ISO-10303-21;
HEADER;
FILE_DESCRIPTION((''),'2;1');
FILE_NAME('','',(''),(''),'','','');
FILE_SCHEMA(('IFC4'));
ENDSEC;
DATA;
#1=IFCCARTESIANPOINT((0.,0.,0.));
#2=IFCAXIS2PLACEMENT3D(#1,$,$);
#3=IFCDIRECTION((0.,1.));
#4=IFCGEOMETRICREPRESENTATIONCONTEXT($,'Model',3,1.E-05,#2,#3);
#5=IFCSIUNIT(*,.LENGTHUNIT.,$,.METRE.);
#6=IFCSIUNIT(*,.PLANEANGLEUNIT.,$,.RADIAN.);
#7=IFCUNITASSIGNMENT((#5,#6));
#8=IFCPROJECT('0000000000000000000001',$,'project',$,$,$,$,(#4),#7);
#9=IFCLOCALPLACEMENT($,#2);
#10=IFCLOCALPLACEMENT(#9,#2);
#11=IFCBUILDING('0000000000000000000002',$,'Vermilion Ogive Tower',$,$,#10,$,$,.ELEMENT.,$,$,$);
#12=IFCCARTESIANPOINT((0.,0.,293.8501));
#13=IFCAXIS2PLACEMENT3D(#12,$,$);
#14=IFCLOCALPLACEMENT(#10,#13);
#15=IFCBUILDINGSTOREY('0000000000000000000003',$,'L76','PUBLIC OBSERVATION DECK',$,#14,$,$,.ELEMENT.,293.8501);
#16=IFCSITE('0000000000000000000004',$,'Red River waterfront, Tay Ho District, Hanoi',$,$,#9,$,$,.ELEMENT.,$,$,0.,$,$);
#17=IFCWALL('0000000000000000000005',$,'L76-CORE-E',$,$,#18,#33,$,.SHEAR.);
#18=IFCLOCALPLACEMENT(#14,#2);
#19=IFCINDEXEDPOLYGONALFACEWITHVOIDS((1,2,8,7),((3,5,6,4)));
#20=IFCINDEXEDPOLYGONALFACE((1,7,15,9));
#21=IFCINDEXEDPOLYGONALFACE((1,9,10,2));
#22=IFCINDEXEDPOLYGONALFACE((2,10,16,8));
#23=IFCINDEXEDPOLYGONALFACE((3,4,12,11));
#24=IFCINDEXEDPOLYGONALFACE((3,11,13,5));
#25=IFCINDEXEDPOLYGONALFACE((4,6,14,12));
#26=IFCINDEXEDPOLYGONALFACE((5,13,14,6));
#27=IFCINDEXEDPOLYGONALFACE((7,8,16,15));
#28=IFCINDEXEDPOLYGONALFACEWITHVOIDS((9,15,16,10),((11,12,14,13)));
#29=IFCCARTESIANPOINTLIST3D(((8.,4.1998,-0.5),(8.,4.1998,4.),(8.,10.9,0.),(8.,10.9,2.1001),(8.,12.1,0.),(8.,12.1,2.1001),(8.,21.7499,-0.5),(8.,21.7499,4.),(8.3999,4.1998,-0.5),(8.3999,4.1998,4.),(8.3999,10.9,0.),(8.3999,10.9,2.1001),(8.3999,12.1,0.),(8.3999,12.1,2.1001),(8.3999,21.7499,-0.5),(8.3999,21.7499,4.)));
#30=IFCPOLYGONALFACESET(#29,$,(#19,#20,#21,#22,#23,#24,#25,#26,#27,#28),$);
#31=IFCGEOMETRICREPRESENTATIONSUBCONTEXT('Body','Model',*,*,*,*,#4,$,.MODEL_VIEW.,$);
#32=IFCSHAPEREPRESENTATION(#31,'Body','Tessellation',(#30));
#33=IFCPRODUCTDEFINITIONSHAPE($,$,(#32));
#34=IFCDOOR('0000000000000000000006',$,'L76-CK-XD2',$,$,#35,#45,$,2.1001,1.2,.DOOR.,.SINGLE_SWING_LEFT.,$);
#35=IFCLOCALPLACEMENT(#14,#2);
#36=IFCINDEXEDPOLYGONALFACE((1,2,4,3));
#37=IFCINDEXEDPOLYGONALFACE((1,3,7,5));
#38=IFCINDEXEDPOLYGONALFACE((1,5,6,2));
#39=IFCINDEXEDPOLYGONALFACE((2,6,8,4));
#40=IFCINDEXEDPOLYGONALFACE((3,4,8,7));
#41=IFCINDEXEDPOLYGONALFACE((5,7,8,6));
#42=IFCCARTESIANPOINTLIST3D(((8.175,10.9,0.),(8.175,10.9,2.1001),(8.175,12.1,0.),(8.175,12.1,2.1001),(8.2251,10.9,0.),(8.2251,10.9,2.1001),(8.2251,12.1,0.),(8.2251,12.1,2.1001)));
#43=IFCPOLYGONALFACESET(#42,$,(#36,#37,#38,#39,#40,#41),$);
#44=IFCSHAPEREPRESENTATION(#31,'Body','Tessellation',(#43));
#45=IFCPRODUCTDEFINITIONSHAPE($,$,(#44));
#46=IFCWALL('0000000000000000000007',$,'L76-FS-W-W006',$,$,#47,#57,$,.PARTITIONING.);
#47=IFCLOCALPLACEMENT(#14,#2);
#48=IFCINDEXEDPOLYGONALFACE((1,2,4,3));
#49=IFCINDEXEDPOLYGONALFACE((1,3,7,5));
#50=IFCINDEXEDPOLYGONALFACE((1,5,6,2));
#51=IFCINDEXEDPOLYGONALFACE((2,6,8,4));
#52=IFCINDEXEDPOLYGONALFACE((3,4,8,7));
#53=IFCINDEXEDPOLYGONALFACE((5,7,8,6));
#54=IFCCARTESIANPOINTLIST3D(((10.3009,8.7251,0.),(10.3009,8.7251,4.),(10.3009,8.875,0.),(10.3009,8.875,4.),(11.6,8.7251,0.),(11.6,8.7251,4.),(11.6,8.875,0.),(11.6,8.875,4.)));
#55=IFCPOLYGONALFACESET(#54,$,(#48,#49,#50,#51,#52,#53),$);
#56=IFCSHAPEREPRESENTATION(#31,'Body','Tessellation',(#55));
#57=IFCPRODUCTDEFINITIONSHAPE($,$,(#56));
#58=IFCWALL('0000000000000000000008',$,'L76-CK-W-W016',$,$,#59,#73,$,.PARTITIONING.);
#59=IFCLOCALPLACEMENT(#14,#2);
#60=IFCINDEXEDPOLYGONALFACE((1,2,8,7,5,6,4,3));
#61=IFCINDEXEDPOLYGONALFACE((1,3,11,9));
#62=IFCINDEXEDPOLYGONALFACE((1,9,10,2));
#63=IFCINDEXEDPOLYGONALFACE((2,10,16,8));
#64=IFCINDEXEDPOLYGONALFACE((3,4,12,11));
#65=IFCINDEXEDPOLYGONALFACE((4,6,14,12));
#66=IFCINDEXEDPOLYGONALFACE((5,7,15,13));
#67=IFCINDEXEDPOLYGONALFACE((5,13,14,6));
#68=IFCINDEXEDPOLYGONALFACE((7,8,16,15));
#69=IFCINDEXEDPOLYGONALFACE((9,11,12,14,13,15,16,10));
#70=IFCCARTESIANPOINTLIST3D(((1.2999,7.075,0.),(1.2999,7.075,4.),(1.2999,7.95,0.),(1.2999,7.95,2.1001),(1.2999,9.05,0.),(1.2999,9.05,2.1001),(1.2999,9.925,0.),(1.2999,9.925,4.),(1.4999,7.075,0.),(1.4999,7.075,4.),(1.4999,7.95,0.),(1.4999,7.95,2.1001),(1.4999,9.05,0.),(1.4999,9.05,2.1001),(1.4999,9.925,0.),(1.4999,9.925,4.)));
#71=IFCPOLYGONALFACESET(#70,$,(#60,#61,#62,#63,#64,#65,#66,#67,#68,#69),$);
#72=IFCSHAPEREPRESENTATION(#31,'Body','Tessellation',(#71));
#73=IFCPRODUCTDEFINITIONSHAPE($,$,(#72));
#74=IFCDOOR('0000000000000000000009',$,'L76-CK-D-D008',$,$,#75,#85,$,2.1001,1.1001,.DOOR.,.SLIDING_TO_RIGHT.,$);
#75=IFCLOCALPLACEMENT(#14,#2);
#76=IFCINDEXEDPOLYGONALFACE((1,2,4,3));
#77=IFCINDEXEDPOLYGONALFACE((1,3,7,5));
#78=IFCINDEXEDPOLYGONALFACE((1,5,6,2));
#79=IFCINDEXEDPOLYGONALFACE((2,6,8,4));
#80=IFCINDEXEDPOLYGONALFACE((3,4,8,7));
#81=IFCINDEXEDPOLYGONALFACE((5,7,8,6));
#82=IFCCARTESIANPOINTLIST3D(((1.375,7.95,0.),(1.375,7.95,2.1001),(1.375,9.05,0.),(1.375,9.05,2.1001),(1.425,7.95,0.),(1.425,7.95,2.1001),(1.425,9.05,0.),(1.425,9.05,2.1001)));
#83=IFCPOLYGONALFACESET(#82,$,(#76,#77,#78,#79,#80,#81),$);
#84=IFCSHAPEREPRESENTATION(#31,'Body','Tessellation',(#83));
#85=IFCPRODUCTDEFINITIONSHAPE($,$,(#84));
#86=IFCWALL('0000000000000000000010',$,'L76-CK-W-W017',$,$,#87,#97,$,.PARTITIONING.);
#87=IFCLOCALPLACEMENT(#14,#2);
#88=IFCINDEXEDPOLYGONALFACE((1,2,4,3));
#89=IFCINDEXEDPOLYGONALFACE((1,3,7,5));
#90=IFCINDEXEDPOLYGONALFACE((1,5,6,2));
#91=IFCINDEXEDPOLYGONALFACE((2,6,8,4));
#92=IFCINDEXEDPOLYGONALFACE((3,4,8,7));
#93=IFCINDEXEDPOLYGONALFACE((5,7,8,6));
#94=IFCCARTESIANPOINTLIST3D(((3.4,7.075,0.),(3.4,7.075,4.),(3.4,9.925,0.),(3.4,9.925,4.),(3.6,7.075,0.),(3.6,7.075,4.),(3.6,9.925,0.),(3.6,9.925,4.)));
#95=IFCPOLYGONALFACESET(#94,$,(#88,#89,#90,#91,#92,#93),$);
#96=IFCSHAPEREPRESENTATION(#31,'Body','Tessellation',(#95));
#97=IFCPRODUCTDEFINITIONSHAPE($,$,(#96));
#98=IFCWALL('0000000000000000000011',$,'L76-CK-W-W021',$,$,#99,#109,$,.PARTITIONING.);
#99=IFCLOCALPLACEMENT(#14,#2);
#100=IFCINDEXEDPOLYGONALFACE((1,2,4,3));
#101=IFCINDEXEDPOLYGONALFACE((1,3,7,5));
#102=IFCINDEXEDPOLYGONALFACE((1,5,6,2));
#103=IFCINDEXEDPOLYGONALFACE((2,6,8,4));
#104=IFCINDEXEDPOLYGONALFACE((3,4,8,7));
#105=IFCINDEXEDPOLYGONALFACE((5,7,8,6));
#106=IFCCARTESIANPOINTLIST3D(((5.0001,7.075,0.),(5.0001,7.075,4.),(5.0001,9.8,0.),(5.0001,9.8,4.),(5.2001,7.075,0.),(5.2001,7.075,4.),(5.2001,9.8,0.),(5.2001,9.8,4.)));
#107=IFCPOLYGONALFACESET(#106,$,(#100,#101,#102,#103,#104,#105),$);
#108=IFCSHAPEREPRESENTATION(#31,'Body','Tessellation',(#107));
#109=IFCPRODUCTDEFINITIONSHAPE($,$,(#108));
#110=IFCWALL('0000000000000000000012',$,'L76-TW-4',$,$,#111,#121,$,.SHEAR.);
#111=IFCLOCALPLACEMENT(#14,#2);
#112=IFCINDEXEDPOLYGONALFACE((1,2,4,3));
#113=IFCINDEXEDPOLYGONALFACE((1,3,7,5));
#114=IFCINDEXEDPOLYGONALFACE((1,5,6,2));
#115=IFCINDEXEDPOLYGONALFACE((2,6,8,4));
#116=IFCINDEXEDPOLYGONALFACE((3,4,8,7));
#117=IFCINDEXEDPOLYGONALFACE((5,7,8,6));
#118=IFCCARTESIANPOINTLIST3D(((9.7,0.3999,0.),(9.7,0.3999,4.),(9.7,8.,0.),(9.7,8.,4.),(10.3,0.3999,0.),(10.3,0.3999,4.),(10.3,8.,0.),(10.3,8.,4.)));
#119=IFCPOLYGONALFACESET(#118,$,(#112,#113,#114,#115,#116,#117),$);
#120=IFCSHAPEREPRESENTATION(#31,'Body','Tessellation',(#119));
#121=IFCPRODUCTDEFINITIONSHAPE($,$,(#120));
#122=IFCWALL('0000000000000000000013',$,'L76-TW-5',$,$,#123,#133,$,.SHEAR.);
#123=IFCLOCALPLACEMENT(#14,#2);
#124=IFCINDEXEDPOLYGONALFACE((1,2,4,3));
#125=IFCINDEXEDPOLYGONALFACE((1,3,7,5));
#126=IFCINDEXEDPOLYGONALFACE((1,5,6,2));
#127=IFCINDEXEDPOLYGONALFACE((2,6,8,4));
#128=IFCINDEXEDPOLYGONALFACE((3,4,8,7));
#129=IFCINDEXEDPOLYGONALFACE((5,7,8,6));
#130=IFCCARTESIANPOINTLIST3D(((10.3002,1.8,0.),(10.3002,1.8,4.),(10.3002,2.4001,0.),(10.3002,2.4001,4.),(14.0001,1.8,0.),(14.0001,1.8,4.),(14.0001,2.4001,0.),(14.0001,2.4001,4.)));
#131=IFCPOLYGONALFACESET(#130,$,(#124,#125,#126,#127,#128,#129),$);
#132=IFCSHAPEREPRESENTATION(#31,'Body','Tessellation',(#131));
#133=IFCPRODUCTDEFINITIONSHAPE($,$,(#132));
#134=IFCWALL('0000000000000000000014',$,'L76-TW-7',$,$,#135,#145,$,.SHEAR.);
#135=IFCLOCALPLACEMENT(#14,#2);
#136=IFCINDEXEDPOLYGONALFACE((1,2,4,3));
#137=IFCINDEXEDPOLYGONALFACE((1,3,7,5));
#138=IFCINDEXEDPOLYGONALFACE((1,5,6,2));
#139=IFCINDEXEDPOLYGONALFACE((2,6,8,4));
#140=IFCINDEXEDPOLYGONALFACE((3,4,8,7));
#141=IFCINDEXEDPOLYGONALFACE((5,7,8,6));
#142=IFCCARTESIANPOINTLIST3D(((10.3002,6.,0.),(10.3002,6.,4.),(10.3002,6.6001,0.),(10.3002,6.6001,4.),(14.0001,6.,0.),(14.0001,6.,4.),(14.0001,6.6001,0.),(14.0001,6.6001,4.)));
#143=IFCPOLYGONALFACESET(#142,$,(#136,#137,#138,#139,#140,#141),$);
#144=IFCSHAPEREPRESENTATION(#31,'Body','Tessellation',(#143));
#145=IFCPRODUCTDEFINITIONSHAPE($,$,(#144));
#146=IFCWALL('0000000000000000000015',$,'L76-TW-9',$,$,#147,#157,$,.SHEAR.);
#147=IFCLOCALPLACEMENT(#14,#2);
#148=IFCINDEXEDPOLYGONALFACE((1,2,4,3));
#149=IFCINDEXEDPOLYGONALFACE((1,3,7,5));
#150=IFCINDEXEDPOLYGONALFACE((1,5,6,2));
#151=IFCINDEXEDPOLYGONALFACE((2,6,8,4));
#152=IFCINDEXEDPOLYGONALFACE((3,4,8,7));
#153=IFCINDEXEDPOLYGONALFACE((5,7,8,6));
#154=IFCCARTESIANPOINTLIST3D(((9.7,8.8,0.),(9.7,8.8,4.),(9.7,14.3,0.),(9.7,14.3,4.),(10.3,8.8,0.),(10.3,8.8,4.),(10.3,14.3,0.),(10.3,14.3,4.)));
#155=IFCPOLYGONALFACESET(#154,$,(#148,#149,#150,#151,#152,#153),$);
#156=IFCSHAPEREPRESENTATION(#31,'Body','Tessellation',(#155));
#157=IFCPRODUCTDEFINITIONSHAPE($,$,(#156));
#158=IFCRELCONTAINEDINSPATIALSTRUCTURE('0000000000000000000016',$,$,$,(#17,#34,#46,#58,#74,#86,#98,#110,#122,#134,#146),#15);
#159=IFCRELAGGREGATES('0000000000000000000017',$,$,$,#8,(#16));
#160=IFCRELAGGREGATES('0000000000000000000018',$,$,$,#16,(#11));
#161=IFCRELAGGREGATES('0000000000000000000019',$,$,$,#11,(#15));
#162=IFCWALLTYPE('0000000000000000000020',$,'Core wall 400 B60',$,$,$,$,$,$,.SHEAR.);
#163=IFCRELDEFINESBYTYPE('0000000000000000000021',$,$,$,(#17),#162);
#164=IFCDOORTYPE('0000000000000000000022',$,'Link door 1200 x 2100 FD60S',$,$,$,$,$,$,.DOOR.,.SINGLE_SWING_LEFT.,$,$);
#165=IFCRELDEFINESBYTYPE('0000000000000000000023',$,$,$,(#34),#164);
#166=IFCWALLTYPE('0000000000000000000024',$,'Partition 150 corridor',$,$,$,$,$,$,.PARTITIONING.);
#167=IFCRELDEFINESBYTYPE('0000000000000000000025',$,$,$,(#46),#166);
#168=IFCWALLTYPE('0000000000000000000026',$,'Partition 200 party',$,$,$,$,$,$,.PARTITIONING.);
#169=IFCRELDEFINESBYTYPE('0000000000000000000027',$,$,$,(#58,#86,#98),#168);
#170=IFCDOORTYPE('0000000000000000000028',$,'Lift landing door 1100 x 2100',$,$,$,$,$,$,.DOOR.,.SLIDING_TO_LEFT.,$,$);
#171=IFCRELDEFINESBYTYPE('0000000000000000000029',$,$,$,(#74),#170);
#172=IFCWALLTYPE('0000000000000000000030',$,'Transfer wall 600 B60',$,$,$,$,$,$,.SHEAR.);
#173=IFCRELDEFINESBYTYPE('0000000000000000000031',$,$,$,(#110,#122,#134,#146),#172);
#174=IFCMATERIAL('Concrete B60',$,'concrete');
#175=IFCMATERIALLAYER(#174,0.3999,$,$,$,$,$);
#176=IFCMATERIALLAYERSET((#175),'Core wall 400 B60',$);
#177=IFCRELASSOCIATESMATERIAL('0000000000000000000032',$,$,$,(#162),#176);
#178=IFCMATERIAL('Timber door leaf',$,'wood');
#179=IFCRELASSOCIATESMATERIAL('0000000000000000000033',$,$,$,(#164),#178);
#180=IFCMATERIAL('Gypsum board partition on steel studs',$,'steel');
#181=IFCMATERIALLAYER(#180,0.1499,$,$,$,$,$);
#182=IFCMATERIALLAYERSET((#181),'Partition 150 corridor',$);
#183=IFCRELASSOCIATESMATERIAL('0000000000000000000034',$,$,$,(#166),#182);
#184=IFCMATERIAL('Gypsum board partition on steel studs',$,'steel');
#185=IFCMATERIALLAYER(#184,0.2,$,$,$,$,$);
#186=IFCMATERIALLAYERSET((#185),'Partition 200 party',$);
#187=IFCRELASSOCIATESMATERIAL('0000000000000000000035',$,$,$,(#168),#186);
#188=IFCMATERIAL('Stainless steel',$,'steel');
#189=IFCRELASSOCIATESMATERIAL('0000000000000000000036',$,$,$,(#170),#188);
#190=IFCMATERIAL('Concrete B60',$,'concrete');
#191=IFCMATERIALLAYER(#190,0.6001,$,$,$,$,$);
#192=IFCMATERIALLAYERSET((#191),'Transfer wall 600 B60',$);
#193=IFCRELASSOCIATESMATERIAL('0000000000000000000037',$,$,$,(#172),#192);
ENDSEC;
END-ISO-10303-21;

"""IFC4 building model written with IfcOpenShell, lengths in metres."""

from ifc_helpers import new_model, si_unit, direction, frame, frame_2d, origin, place, context, subcontext, project, spatial, rectangle, extrude, material, layer, layer_set, type_object, element, fill, save


model = new_model("IFC4")

# Units and contexts
model_context = context("Model", 3, precision=1e-05, world=origin(), true_north=direction((0.0, 1.0)))
body_context = subcontext(model_context, "Body", "Model", "MODEL_VIEW")
ifc_project = project(units=[si_unit("LENGTHUNIT", "METRE"), si_unit("PLANEANGLEUNIT", "RADIAN")], contexts=[model_context])

# Site, building, storey
site_placement = place(None, origin())
site = spatial("IfcSite", under=ifc_project, at=site_placement, Name="Red River waterfront, Tay Ho District, Hanoi", CompositionType="ELEMENT", RefElevation=0.0)
building_placement = place(site_placement, origin())
building = spatial("IfcBuilding", under=site, at=building_placement, Name="Vermilion Ogive Tower", CompositionType="ELEMENT")
storey_placement = place(building_placement, frame((0.0, 0.0, 293.8501)))
storey = spatial("IfcBuildingStorey", under=building, at=storey_placement, Name="L76", Description="PUBLIC OBSERVATION DECK", CompositionType="ELEMENT", Elevation=293.8501)

# Wall, opening, door
ifc_material_1 = material(Name="Concrete B60", Category="concrete")
ifc_layer_1 = layer(ifc_material_1, 0.3999)
ifc_layer_set_1 = layer_set([ifc_layer_1], Name="Core wall 400 B60")
wall_type_1 = type_object("IfcWallType", Name="Core wall 400 B60", PredefinedType="SHEAR", material=ifc_layer_set_1)
wall_1_placement = place(storey_placement, frame((8.2, 4.2, -0.5), z_axis=(0.0, 0.0, 1.0), x_axis=(0.0, 1.0, 0.0)))
wall_1 = element("IfcWall", 1, at=wall_1_placement, inside=storey, type_object=wall_type_1, Name="L76-CORE-E", PredefinedType="SHEAR", context=body_context, shape_type="SweptSolid", body=[
    extrude(rectangle(XDim=17.55, YDim=0.3999, at=frame_2d((8.7749, 0.0))), origin(), (0.0, 0.0, 1.0), 4.5),
])
opening_1_placement = place(wall_1_placement, frame((6.7, 0.0, 0.5)))
opening_1 = element("IfcOpeningElement", 2, at=opening_1_placement, cuts=wall_1, PredefinedType="OPENING", context=body_context, shape_type="SweptSolid", body=[
    extrude(rectangle(XDim=1.2, YDim=2.1001, at=frame_2d((0.6001, 1.05))), frame((0.0, 0.21, 0.0), z_axis=(0.0, -1.0, 0.0), x_axis=(1.0, 0.0, 0.0)), (0.0, 0.0, 1.0), 0.4199),
])
ifc_material_2 = material(Name="Timber door leaf", Category="wood")
door_type_1 = type_object("IfcDoorType", Name="Link door 1200 x 2100 FD60S", OperationType="SINGLE_SWING_LEFT", PredefinedType="DOOR", material=ifc_material_2)
door_1_placement = place(opening_1_placement, origin())
door_1 = element("IfcDoor", 3, at=door_1_placement, inside=storey, type_object=door_type_1, Name="L76-CK-XD2", OperationType="SINGLE_SWING_LEFT", OverallHeight=2.1001, OverallWidth=1.2, PredefinedType="DOOR", context=body_context, shape_type="SweptSolid", body=[
    extrude(rectangle(XDim=1.2, YDim=2.1001, at=frame_2d((0.6001, 1.05))), frame((0.0, 0.0249, 0.0), z_axis=(0.0, -1.0, 0.0), x_axis=(1.0, 0.0, 0.0)), (0.0, 0.0, 1.0), 0.05),
])
fill(opening_1, door_1)

# Wall
ifc_material_3 = material(Name="Gypsum board partition on steel studs", Category="steel")
ifc_layer_2 = layer(ifc_material_3, 0.1499)
ifc_layer_set_2 = layer_set([ifc_layer_2], Name="Partition 150 corridor")
wall_type_2 = type_object("IfcWallType", Name="Partition 150 corridor", PredefinedType="PARTITIONING", material=ifc_layer_set_2)
wall_2_placement = place(storey_placement, frame((10.301, 8.8, 0.0), z_axis=(0.0, 0.0, 1.0), x_axis=(1.0, 0.0, 0.0)))
element("IfcWall", 4, at=wall_2_placement, inside=storey, type_object=wall_type_2, Name="L76-FS-W-W006", PredefinedType="PARTITIONING", context=body_context, shape_type="SweptSolid", body=[
    extrude(rectangle(XDim=1.2991, YDim=0.1499, at=frame_2d((0.6494, 0.0))), origin(), (0.0, 0.0, 1.0), 4.0),
])

# Wall, opening, door
ifc_material_4 = material(Name="Gypsum board partition on steel studs", Category="steel")
ifc_layer_3 = layer(ifc_material_4, 0.2)
ifc_layer_set_3 = layer_set([ifc_layer_3], Name="Partition 200 party")
wall_type_3 = type_object("IfcWallType", Name="Partition 200 party", PredefinedType="PARTITIONING", material=ifc_layer_set_3)
wall_3_placement = place(storey_placement, frame((1.3999, 7.075, 0.0), z_axis=(0.0, 0.0, 1.0), x_axis=(0.0, 1.0, 0.0)))
wall_3 = element("IfcWall", 5, at=wall_3_placement, inside=storey, type_object=wall_type_3, Name="L76-CK-W-W016", PredefinedType="PARTITIONING", context=body_context, shape_type="SweptSolid", body=[
    extrude(rectangle(XDim=2.8501, YDim=0.2, at=frame_2d((1.425, 0.0))), origin(), (0.0, 0.0, 1.0), 4.0),
])
opening_2_placement = place(wall_3_placement, frame((0.875, 0.0, 0.0)))
opening_2 = element("IfcOpeningElement", 6, at=opening_2_placement, cuts=wall_3, PredefinedType="OPENING", context=body_context, shape_type="SweptSolid", body=[
    extrude(rectangle(XDim=1.1001, YDim=2.1001, at=frame_2d((0.55, 1.05))), frame((0.0, 0.1099, 0.0), z_axis=(0.0, -1.0, 0.0), x_axis=(1.0, 0.0, 0.0)), (0.0, 0.0, 1.0), 0.22),
])
ifc_material_5 = material(Name="Stainless steel", Category="steel")
door_type_2 = type_object("IfcDoorType", Name="Lift landing door 1100 x 2100", OperationType="SLIDING_TO_LEFT", PredefinedType="DOOR", material=ifc_material_5)
door_2_placement = place(opening_2_placement, origin())
door_2 = element("IfcDoor", 7, at=door_2_placement, inside=storey, type_object=door_type_2, Name="L76-CK-D-D008", OperationType="SLIDING_TO_RIGHT", OverallHeight=2.1001, OverallWidth=1.1001, PredefinedType="DOOR", context=body_context, shape_type="SweptSolid", body=[
    extrude(rectangle(XDim=1.1001, YDim=2.1001, at=frame_2d((0.55, 1.05))), frame((0.0, 0.0249, 0.0), z_axis=(0.0, -1.0, 0.0), x_axis=(1.0, 0.0, 0.0)), (0.0, 0.0, 1.0), 0.05),
])
fill(opening_2, door_2)

# Walls
wall_4_placement = place(storey_placement, frame((3.5, 7.075, 0.0), z_axis=(0.0, 0.0, 1.0), x_axis=(0.0, 1.0, 0.0)))
element("IfcWall", 8, at=wall_4_placement, inside=storey, type_object=wall_type_3, Name="L76-CK-W-W017", PredefinedType="PARTITIONING", context=body_context, shape_type="SweptSolid", body=[
    extrude(rectangle(XDim=2.8501, YDim=0.2, at=frame_2d((1.425, 0.0))), origin(), (0.0, 0.0, 1.0), 4.0),
])
wall_5_placement = place(storey_placement, frame((5.1001, 7.075, 0.0), z_axis=(0.0, 0.0, 1.0), x_axis=(0.0, 1.0, 0.0)))
element("IfcWall", 9, at=wall_5_placement, inside=storey, type_object=wall_type_3, Name="L76-CK-W-W021", PredefinedType="PARTITIONING", context=body_context, shape_type="SweptSolid", body=[
    extrude(rectangle(XDim=2.7251, YDim=0.2, at=frame_2d((1.3625, 0.0))), origin(), (0.0, 0.0, 1.0), 4.0),
])
ifc_material_6 = material(Name="Concrete B60", Category="concrete")
ifc_layer_4 = layer(ifc_material_6, 0.6001)
ifc_layer_set_4 = layer_set([ifc_layer_4], Name="Transfer wall 600 B60")
wall_type_4 = type_object("IfcWallType", Name="Transfer wall 600 B60", PredefinedType="SHEAR", material=ifc_layer_set_4)
wall_6_placement = place(storey_placement, frame((10.0, 0.3999, 0.0), z_axis=(0.0, 0.0, 1.0), x_axis=(0.0, 1.0, 0.0)))
element("IfcWall", 10, at=wall_6_placement, inside=storey, type_object=wall_type_4, Name="L76-TW-4", PredefinedType="SHEAR", context=body_context, shape_type="SweptSolid", body=[
    extrude(rectangle(XDim=7.6001, YDim=0.6001, at=frame_2d((3.8, 0.0))), origin(), (0.0, 0.0, 1.0), 4.0),
])
for number, where, z_axis, x_axis, name in (
    (11, (10.3, 2.1001, 0.0), (0.0, 0.0, 1.0), (1.0, 0.0, 0.0), "L76-TW-5"),
    (12, (10.3, 6.3, 0.0), (0.0, 0.0, 1.0), (1.0, 0.0, 0.0), "L76-TW-7"),
):
    element("IfcWall", number, at=place(storey_placement, frame(where, z_axis=z_axis, x_axis=x_axis)), inside=storey, type_object=wall_type_4, Name=name, PredefinedType="SHEAR", context=body_context, shape_type="SweptSolid", body=[
        extrude(rectangle(XDim=3.7, YDim=0.6001, at=frame_2d((1.8501, 0.0))), origin(), (0.0, 0.0, 1.0), 4.0),
    ])
wall_7_placement = place(storey_placement, frame((10.0, 8.8, 0.0), z_axis=(0.0, 0.0, 1.0), x_axis=(0.0, 1.0, 0.0)))
element("IfcWall", 13, at=wall_7_placement, inside=storey, type_object=wall_type_4, Name="L76-TW-9", PredefinedType="SHEAR", context=body_context, shape_type="SweptSolid", body=[
    extrude(rectangle(XDim=5.5, YDim=0.6001, at=frame_2d((2.75, 0.0))), origin(), (0.0, 0.0, 1.0), 4.0),
])

save(model, "model.ifc")
